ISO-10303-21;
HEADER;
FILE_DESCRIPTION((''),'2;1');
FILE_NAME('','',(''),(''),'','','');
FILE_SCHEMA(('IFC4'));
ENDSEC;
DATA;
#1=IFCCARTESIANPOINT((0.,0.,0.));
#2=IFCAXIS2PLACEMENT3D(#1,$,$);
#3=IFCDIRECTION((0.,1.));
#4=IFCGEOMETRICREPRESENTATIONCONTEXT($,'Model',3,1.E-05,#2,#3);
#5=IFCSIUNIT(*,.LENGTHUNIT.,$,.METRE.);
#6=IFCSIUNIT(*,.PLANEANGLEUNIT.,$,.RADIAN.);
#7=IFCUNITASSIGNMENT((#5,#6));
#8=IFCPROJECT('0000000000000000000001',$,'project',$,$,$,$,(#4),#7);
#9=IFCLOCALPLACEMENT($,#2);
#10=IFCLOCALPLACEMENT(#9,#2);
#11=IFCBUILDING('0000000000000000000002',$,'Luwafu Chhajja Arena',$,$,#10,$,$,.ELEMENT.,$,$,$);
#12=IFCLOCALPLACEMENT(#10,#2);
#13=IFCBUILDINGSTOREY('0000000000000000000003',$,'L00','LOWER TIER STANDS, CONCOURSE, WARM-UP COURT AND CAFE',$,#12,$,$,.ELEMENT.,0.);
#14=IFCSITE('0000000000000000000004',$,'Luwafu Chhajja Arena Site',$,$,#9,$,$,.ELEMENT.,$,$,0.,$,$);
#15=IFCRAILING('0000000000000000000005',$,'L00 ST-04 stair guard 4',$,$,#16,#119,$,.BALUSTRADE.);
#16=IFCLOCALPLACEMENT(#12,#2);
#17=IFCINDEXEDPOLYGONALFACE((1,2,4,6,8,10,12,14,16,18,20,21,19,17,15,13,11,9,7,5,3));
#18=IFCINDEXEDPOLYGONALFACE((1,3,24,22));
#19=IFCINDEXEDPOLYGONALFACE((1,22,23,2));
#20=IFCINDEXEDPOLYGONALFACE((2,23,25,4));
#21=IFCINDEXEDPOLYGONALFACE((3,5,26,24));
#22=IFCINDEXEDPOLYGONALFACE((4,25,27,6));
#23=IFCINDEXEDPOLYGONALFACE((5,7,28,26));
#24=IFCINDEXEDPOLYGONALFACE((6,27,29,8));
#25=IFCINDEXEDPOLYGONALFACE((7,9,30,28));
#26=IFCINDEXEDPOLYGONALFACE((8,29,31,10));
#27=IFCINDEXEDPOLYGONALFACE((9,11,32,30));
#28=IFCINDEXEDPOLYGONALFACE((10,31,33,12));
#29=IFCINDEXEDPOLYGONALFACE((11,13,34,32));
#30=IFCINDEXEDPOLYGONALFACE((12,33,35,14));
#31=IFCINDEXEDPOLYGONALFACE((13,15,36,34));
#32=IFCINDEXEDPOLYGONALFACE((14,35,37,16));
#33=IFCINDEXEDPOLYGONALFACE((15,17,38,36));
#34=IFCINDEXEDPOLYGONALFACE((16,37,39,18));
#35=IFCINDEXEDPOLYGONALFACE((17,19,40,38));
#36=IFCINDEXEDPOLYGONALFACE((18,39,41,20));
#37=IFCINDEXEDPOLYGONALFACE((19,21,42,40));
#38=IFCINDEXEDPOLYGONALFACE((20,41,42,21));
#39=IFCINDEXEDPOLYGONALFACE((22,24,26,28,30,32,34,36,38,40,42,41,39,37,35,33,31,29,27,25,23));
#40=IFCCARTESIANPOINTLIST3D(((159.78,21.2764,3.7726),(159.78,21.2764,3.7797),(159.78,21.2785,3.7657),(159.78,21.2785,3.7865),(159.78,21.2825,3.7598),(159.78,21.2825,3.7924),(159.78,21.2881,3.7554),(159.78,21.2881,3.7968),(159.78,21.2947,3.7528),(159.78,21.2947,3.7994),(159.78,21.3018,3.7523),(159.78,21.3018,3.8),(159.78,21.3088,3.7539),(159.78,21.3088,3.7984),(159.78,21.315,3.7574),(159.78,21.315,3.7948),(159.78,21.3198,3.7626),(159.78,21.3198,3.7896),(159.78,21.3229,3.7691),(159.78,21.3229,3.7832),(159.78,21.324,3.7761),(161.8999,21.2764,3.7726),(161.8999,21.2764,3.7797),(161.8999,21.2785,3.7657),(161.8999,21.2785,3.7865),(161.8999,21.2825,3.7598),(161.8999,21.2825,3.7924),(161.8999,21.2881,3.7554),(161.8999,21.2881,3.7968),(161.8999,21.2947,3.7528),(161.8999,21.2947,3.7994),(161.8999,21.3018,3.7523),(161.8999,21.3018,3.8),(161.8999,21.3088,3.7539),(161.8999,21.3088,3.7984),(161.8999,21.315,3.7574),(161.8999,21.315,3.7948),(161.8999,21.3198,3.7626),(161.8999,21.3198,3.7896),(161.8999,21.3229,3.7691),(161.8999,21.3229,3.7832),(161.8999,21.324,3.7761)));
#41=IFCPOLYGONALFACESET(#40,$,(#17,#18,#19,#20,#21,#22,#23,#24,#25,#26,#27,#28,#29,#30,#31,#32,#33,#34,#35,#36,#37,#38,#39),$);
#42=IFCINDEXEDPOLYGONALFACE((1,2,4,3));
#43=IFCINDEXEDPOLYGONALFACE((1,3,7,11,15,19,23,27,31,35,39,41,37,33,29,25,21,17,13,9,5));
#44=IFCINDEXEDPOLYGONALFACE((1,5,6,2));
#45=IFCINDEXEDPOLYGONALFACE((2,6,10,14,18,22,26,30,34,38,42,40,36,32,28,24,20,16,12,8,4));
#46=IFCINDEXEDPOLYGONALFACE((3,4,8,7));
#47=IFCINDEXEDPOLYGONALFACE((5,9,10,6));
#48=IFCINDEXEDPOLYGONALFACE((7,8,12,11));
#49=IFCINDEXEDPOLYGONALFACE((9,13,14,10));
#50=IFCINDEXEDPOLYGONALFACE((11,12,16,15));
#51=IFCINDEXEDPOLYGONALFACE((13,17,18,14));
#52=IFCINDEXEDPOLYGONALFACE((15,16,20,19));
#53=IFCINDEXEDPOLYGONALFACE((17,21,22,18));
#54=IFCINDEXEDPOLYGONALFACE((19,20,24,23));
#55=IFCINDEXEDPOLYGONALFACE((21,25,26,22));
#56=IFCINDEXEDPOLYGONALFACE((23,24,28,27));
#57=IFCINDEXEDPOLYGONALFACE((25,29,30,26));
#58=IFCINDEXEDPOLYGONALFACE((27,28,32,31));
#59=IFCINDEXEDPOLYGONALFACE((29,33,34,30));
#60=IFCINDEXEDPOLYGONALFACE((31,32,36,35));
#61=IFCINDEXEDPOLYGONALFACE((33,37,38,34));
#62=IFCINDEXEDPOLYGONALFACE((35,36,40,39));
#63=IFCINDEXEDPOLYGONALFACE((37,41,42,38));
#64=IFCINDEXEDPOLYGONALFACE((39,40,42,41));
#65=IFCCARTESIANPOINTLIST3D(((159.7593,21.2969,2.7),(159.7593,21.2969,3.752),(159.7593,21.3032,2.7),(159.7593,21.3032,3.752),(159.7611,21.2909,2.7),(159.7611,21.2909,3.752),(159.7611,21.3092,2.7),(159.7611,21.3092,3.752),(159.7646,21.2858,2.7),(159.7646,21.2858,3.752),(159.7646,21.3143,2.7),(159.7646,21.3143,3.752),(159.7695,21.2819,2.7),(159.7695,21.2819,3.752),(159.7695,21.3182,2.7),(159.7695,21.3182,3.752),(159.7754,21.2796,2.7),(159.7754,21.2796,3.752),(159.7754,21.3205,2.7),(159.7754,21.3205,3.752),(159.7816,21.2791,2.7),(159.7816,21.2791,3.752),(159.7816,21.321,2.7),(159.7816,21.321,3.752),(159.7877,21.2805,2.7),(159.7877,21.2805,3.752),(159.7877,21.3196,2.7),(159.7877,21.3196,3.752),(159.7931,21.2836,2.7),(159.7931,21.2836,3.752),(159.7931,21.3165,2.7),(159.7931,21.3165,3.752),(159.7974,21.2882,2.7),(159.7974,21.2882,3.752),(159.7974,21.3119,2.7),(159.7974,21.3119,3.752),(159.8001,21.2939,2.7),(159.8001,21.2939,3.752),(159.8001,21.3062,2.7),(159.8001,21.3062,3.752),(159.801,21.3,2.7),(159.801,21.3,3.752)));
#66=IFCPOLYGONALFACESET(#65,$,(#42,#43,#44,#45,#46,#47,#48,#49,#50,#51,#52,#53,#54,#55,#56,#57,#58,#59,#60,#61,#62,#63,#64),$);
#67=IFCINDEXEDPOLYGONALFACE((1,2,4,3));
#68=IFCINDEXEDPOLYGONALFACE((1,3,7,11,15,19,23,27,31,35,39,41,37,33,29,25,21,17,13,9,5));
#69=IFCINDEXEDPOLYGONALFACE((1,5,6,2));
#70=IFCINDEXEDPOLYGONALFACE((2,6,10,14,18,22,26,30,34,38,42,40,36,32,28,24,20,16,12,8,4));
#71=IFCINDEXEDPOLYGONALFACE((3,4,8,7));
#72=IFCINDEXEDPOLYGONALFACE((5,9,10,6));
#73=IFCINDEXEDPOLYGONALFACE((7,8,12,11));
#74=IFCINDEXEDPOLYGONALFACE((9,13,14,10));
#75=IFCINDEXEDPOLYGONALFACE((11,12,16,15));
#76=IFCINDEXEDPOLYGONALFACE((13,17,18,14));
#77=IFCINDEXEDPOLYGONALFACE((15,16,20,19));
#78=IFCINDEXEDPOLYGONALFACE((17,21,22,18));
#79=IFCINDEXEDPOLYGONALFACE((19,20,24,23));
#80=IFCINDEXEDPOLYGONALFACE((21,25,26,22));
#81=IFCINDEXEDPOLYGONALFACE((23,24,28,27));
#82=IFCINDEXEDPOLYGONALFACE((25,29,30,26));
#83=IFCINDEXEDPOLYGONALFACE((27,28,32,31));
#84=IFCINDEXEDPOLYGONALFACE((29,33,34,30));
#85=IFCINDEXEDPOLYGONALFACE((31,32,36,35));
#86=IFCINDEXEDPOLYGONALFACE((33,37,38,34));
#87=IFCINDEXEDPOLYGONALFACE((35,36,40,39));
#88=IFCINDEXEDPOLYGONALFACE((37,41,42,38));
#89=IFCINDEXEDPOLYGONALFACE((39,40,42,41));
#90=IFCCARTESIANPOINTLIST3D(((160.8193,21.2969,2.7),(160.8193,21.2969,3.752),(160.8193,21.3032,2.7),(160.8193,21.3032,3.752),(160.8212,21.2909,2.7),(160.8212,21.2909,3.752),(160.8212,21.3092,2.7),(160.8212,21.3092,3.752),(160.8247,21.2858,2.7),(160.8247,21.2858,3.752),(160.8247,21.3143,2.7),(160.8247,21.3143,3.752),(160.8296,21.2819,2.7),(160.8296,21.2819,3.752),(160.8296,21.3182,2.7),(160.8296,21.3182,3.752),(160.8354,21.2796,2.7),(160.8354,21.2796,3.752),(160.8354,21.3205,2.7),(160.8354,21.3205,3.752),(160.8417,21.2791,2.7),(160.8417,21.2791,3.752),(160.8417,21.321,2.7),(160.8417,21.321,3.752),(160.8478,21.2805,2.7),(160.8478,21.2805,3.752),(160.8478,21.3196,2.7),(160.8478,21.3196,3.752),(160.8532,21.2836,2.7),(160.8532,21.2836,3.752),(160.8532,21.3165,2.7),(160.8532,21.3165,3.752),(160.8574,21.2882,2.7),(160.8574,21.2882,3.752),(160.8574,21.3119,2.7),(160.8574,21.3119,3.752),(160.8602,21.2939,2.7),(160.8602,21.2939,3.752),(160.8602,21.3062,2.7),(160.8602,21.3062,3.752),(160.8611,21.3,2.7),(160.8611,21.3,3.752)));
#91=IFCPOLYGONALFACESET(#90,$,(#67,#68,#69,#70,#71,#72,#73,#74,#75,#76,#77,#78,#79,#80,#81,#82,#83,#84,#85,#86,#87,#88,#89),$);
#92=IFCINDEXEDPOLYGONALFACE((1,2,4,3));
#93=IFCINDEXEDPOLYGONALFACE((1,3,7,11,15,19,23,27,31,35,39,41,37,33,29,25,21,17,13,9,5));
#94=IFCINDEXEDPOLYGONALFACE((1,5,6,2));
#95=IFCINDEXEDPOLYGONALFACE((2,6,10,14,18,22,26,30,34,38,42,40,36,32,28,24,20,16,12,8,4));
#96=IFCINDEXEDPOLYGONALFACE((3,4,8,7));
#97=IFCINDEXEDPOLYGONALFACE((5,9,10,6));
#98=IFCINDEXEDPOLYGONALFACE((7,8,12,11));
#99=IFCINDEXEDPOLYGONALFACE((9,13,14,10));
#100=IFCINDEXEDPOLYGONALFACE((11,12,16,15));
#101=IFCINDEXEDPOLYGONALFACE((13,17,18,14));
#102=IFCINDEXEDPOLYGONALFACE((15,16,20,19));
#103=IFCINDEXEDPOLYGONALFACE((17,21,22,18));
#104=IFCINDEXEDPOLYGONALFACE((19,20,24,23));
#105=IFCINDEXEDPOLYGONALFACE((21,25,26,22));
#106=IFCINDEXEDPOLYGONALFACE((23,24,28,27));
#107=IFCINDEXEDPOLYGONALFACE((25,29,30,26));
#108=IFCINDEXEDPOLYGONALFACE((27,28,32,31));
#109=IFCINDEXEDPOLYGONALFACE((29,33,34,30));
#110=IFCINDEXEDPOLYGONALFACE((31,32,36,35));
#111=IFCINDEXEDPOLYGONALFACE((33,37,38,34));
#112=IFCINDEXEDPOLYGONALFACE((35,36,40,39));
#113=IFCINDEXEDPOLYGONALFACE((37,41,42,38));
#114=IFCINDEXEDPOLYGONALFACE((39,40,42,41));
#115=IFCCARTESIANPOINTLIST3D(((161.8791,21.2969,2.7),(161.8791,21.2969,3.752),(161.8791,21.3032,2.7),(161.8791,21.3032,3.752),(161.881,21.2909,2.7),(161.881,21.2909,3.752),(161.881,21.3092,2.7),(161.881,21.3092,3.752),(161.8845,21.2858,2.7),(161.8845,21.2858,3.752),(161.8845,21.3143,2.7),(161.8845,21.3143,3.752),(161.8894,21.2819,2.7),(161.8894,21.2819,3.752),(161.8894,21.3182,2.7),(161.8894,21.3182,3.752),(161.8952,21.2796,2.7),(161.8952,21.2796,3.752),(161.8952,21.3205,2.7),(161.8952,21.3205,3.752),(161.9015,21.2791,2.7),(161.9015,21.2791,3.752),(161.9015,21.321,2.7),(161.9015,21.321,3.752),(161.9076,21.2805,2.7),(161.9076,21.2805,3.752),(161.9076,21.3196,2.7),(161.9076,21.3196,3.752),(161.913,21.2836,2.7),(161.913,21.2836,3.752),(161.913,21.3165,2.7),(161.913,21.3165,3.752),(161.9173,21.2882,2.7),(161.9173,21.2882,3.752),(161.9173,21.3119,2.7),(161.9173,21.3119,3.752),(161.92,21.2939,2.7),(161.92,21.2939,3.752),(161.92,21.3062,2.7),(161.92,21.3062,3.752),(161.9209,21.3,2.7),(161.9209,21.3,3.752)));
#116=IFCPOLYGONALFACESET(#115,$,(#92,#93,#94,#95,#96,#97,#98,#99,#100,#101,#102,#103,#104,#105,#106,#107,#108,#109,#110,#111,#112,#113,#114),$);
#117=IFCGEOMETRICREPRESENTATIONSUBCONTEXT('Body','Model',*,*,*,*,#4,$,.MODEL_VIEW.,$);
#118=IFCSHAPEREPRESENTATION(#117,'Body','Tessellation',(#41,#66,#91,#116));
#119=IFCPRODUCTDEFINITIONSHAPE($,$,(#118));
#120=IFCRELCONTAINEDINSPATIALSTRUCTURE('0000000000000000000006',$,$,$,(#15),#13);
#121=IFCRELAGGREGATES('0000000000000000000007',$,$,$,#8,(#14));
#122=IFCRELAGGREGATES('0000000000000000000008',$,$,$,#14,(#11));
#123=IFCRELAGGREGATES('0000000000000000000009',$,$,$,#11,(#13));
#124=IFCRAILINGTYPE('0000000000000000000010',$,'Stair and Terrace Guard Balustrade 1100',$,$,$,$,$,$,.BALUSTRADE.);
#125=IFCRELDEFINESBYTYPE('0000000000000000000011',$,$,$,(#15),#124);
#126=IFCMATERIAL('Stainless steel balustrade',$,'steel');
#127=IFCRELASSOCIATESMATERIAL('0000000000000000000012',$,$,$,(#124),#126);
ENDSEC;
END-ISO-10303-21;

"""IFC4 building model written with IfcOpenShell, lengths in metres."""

from ifc_helpers import new_model, si_unit, direction, frame, origin, origin_2d, place, context, subcontext, project, spatial, circle, extrude, material, type_object, element, save


model = new_model("IFC4")

# Units and contexts
model_context = context("Model", 3, precision=1e-05, world=origin(), true_north=direction((0.0, 1.0)))
body_context = subcontext(model_context, "Body", "Model", "MODEL_VIEW")
ifc_project = project(units=[si_unit("LENGTHUNIT", "METRE"), si_unit("PLANEANGLEUNIT", "RADIAN")], contexts=[model_context])

# Site, building, storey
site_placement = place(None, origin())
site = spatial("IfcSite", under=ifc_project, at=site_placement, Name="Luwafu Chhajja Arena Site", CompositionType="ELEMENT", RefElevation=0.0)
building_placement = place(site_placement, origin())
building = spatial("IfcBuilding", under=site, at=building_placement, Name="Luwafu Chhajja Arena", CompositionType="ELEMENT")
storey_placement = place(building_placement, origin())
storey = spatial("IfcBuildingStorey", under=building, at=storey_placement, Name="L00", Description="LOWER TIER STANDS, CONCOURSE, WARM-UP COURT AND CAFE", CompositionType="ELEMENT", Elevation=0.0)

# Railing
ifc_material_1 = material(Name="Stainless steel balustrade", Category="steel")
railing_type_1 = type_object("IfcRailingType", Name="Stair and Terrace Guard Balustrade 1100", PredefinedType="BALUSTRADE", material=ifc_material_1)
for number, where, name in (
    (1, (159.78, 21.3, 2.7), "L00 ST-04 stair guard 4"),
):
    element("IfcRailing", number, at=place(storey_placement, frame(where)), inside=storey, type_object=railing_type_1, Name=name, PredefinedType="BALUSTRADE", context=body_context, shape_type="SweptSolid", body=[
        extrude(circle(Radius=0.0239, at=origin_2d()), frame((0.0, 0.0, 1.0762), z_axis=(1.0, 0.0, 0.0), x_axis=(0.0, 1.0, 0.0)), (0.0, 0.0, 1.0), 2.1199),
        extrude(circle(Radius=0.021, at=origin_2d()), origin(), (0.0, 0.0, 1.0), 1.052),
        extrude(circle(Radius=0.021, at=origin_2d()), frame((1.0601, 0.0, 0.0)), (0.0, 0.0, 1.0), 1.052),
        extrude(circle(Radius=0.021, at=origin_2d()), frame((2.1199, 0.0, 0.0)), (0.0, 0.0, 1.0), 1.052),
    ])

save(model, "model.ifc")
